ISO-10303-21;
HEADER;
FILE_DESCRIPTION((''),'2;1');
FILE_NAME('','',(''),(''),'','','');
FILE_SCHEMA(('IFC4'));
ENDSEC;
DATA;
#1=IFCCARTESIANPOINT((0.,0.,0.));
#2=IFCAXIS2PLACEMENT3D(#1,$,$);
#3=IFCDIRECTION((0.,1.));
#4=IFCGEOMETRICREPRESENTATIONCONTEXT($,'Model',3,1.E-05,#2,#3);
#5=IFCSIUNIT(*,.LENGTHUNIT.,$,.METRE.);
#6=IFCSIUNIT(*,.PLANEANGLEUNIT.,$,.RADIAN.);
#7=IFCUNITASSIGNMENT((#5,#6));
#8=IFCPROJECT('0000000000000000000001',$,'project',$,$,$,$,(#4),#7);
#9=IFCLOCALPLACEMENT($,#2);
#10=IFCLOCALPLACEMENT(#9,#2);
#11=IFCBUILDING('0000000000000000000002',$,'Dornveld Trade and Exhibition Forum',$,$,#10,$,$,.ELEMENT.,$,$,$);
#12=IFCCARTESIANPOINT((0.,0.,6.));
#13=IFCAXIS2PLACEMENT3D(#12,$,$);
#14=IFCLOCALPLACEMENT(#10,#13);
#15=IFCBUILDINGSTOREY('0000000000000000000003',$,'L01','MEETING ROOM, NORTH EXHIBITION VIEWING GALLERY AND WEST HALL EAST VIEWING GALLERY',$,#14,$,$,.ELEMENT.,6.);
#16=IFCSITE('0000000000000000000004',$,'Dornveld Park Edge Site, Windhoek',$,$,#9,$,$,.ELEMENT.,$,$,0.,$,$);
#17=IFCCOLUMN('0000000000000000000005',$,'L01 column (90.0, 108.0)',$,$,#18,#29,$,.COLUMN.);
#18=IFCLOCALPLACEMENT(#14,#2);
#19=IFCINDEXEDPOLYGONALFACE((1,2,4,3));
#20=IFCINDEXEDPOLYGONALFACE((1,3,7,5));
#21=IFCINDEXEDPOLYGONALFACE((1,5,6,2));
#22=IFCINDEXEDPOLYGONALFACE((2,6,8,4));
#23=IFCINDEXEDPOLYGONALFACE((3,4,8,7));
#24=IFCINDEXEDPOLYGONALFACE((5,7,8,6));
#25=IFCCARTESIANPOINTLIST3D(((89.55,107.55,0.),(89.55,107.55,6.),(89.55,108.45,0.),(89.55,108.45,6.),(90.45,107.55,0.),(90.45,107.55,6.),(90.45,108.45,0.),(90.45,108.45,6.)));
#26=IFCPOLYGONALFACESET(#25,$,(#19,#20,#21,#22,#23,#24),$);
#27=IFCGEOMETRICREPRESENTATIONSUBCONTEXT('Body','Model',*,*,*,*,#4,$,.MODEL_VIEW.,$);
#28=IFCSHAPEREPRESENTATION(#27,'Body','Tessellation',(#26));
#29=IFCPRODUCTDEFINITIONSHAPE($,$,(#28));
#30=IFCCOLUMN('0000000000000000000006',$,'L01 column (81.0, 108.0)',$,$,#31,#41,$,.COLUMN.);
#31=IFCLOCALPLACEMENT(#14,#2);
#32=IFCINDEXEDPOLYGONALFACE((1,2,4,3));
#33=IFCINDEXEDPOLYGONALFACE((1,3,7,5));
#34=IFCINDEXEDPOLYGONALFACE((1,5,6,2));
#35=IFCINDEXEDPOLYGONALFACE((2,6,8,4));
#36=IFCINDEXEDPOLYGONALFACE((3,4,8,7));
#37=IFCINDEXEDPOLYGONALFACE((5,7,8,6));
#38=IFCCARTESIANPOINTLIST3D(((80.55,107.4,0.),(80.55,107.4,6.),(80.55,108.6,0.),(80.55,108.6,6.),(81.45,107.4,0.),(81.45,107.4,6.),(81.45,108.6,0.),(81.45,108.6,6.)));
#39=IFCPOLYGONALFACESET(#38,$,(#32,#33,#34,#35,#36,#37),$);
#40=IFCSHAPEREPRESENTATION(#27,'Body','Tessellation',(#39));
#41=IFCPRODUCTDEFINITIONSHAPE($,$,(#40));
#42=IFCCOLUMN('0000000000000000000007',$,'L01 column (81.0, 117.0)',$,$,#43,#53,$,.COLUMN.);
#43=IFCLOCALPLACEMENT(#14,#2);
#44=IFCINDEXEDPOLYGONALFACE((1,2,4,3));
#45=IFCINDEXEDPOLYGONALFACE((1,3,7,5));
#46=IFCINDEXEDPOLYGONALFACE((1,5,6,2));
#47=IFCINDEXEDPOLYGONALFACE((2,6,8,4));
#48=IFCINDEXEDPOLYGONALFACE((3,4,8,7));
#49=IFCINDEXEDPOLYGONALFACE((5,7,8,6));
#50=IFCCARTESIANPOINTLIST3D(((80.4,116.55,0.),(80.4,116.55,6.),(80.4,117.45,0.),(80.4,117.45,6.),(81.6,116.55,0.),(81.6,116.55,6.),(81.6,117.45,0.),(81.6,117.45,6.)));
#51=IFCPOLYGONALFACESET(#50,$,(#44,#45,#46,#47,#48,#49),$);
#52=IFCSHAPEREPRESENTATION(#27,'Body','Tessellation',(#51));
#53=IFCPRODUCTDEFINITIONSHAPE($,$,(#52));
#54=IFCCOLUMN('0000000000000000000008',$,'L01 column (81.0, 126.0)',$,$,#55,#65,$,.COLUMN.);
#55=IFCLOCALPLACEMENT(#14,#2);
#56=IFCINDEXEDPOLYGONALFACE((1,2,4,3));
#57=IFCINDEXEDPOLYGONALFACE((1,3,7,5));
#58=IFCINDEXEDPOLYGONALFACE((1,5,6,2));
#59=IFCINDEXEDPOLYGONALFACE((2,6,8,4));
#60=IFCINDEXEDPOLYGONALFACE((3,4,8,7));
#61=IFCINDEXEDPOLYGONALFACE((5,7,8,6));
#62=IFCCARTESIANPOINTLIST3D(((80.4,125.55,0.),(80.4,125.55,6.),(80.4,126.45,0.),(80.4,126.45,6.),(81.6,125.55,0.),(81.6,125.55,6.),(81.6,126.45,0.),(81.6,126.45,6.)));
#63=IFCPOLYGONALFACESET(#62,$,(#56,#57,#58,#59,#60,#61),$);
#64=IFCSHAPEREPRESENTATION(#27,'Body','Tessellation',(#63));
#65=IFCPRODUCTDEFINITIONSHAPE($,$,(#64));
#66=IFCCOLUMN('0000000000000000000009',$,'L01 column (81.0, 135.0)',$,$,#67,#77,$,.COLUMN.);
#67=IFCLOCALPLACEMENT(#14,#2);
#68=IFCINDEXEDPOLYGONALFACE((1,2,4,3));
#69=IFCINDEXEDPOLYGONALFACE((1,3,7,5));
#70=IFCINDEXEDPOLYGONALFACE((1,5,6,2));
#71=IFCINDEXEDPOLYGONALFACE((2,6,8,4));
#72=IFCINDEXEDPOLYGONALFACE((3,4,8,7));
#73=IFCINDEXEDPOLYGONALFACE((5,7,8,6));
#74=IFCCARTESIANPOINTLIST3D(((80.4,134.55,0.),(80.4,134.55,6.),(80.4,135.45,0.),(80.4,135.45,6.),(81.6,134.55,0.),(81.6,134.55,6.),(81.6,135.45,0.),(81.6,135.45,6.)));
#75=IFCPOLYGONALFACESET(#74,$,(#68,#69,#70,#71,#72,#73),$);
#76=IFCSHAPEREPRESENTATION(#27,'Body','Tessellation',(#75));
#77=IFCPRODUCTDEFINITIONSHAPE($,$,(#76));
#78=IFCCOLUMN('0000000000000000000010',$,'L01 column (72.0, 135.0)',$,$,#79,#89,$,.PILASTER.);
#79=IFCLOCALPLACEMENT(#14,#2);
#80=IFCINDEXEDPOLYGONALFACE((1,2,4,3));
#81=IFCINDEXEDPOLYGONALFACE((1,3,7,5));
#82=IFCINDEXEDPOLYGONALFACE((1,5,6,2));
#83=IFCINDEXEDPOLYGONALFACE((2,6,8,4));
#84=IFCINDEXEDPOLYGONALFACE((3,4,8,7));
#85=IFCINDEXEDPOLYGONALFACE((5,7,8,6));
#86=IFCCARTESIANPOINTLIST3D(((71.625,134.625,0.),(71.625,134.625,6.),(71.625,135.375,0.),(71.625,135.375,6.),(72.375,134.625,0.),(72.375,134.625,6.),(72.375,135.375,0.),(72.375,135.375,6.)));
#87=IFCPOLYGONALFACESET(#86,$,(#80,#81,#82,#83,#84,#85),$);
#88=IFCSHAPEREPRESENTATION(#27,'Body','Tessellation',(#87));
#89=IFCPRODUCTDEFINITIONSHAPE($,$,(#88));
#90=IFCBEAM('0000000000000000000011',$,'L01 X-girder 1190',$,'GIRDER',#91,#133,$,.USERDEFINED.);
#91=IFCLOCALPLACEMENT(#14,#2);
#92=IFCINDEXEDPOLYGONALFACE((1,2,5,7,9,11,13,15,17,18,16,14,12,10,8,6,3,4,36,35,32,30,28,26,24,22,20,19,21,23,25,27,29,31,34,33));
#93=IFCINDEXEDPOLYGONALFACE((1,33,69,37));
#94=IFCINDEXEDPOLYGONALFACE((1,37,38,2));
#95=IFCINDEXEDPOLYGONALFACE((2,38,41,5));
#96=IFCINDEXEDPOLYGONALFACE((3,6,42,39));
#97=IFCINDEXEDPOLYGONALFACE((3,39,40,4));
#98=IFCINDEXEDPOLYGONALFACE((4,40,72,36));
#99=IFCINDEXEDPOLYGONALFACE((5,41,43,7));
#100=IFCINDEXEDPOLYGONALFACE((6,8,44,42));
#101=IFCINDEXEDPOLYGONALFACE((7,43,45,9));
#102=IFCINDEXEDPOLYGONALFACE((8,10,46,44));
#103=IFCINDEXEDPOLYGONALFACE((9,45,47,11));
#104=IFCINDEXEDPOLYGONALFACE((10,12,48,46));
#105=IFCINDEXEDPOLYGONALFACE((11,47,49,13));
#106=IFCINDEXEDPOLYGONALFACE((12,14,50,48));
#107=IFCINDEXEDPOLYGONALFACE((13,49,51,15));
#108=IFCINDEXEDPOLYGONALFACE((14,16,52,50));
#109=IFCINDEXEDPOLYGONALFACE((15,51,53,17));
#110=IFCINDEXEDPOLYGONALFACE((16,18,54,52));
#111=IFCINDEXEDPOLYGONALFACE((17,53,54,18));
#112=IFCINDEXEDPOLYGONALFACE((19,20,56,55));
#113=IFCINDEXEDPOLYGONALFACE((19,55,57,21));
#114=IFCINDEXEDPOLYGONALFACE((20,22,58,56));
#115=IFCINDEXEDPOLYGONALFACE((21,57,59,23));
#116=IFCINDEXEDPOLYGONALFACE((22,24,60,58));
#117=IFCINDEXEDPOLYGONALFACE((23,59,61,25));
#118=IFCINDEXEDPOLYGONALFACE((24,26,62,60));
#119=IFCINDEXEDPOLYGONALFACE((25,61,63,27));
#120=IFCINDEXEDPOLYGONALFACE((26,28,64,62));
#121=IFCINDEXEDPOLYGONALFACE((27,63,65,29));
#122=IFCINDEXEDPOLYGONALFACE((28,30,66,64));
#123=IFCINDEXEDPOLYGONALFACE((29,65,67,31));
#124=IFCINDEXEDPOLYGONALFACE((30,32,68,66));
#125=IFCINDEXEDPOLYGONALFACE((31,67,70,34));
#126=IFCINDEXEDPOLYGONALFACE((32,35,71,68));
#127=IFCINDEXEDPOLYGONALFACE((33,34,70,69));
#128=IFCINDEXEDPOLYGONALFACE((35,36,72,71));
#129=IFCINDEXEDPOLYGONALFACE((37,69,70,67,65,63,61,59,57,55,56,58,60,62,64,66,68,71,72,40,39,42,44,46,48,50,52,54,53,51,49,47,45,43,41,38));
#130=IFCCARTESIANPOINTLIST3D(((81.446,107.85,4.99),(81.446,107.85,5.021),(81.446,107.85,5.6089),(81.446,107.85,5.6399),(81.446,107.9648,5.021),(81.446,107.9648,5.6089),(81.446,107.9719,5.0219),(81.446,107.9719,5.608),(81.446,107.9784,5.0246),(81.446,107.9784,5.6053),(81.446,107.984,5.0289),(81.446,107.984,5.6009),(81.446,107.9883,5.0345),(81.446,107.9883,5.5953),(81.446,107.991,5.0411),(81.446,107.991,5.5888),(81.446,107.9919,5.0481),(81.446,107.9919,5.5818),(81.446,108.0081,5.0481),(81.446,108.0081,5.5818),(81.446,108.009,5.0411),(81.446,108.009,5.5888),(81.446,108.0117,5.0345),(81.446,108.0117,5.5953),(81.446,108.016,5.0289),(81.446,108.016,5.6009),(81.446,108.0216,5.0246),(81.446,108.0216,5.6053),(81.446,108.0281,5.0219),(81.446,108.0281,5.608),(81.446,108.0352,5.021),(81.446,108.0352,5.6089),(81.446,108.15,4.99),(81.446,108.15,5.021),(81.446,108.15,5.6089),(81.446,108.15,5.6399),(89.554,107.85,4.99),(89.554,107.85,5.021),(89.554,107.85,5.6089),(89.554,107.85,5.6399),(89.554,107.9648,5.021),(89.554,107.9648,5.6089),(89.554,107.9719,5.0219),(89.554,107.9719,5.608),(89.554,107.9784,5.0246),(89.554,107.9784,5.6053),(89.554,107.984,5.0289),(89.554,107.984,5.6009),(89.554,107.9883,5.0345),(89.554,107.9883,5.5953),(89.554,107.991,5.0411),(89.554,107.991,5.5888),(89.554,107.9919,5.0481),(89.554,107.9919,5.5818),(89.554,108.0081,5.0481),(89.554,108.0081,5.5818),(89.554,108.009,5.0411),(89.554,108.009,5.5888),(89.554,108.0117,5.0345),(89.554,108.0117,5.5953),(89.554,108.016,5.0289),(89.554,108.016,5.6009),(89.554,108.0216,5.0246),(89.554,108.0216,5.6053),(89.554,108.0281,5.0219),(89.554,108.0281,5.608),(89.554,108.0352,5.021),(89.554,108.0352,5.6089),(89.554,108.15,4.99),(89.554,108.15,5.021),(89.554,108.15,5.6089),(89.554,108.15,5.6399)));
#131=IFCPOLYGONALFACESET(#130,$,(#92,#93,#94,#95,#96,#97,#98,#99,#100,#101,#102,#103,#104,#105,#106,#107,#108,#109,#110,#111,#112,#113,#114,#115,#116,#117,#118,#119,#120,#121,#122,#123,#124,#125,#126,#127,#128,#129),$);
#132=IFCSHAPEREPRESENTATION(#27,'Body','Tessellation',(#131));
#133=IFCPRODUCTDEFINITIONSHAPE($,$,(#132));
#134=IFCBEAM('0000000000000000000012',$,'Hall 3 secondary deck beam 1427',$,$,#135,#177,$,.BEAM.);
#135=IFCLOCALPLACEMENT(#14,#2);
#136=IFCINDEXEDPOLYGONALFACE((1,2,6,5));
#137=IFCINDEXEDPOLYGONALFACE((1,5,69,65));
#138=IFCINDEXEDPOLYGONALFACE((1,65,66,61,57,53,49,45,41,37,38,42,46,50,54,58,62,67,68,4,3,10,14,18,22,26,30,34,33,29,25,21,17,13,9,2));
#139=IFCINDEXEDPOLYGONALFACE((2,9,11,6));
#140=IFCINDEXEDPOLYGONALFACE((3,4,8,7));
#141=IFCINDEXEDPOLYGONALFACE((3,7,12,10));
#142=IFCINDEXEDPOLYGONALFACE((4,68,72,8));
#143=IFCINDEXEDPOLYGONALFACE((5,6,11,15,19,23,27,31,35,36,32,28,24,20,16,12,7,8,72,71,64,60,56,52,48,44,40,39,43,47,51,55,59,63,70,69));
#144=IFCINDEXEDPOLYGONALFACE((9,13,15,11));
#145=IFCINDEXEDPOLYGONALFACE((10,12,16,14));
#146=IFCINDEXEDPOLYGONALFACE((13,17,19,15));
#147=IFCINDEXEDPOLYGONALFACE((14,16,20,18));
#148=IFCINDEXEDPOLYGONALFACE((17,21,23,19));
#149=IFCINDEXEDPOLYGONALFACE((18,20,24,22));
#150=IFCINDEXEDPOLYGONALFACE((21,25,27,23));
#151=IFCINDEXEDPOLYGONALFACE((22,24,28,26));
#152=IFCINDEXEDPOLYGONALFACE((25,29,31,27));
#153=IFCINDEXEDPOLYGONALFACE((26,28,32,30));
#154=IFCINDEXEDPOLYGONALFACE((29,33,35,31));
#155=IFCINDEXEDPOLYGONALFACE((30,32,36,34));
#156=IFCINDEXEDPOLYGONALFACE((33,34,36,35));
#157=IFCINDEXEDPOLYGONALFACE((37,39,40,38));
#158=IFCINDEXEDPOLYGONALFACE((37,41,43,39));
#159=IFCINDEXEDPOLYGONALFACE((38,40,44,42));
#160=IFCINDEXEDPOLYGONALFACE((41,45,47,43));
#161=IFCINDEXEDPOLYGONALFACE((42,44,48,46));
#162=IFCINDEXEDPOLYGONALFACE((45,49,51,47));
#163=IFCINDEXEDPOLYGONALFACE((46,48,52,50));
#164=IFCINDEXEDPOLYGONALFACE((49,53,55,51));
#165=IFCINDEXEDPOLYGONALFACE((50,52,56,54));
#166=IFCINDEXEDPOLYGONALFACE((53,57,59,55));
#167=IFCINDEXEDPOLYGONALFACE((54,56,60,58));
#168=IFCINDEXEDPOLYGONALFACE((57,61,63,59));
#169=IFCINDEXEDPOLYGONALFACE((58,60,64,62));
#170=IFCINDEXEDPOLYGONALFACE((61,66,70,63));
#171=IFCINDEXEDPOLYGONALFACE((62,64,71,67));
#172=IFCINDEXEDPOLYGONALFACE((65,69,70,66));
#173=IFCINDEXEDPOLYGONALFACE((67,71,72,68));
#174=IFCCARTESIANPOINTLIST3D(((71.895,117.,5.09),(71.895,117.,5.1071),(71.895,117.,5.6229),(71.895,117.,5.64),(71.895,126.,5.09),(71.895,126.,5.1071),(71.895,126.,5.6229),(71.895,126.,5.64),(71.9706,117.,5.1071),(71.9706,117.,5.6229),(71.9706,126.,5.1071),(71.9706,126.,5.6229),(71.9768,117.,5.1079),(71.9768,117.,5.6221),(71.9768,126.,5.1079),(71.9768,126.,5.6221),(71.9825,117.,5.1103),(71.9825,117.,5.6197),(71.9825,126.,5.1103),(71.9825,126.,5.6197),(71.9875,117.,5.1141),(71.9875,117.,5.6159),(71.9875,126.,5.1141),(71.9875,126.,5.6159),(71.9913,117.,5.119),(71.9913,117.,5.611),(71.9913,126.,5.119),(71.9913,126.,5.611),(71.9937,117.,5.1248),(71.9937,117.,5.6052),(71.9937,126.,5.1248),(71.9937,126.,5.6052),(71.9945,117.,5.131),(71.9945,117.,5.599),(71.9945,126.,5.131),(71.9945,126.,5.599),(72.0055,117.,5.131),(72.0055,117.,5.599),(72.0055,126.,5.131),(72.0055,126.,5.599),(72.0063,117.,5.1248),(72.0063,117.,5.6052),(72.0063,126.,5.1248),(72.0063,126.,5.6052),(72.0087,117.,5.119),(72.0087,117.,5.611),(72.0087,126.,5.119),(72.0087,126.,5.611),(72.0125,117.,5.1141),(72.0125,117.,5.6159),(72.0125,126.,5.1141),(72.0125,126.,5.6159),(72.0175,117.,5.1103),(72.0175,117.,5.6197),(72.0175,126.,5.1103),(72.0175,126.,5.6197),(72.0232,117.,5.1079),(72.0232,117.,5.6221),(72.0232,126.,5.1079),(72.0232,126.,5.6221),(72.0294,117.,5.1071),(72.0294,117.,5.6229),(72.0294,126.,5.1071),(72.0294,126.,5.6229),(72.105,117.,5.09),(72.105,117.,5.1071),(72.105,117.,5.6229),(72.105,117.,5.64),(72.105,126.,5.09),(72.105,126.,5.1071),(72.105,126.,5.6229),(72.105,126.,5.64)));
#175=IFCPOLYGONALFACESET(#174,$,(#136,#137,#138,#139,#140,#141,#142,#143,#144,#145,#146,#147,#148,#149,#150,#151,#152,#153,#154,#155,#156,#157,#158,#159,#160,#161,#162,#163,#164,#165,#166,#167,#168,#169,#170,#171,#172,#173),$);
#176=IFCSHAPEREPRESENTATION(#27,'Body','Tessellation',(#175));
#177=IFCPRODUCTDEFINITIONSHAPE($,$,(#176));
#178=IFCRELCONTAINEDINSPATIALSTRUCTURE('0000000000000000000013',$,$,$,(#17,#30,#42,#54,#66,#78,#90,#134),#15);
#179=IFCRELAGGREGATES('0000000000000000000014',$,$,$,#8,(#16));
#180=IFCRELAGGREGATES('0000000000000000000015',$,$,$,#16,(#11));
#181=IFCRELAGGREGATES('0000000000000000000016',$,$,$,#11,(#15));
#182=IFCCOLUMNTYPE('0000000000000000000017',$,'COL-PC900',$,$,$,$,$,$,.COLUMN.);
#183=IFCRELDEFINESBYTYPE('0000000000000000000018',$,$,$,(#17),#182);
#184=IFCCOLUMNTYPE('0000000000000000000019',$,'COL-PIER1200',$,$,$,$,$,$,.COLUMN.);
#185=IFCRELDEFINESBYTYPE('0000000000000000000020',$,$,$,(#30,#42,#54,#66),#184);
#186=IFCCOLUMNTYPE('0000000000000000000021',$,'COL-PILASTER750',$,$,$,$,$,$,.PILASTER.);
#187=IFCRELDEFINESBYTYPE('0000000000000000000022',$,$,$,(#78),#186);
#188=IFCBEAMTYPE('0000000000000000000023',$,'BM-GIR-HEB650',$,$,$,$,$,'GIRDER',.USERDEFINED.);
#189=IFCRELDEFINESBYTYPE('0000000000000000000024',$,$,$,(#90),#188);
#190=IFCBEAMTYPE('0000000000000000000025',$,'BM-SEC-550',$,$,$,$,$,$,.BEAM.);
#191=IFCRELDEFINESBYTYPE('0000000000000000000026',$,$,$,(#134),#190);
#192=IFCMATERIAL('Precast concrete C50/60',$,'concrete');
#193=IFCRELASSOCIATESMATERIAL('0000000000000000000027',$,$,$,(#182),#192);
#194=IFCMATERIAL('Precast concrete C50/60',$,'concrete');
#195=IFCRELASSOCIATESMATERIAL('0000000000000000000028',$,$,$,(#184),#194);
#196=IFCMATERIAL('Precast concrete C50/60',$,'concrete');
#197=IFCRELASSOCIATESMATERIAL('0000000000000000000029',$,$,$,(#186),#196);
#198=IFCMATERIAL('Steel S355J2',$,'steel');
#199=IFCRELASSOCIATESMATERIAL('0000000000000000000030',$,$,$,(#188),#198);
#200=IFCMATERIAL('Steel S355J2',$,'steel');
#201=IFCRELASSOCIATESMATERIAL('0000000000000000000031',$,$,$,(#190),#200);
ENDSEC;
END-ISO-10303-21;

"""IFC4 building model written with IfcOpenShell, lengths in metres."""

from ifc_helpers import new_model, si_unit, direction, frame, origin, origin_2d, place, context, subcontext, project, spatial, rectangle, i_section, extrude, material, material_profile, profile_set, type_object, element, save


model = new_model("IFC4")

# Units and contexts
model_context = context("Model", 3, precision=1e-05, world=origin(), true_north=direction((0.0, 1.0)))
body_context = subcontext(model_context, "Body", "Model", "MODEL_VIEW")
ifc_project = project(units=[si_unit("LENGTHUNIT", "METRE"), si_unit("PLANEANGLEUNIT", "RADIAN")], contexts=[model_context])

# Site, building, storey
site_placement = place(None, origin())
site = spatial("IfcSite", under=ifc_project, at=site_placement, Name="Dornveld Park Edge Site, Windhoek", CompositionType="ELEMENT", RefElevation=0.0)
building_placement = place(site_placement, origin())
building = spatial("IfcBuilding", under=site, at=building_placement, Name="Dornveld Trade and Exhibition Forum", CompositionType="ELEMENT")
storey_placement = place(building_placement, frame((0.0, 0.0, 6.0)))
storey = spatial("IfcBuildingStorey", under=building, at=storey_placement, Name="L01", Description="MEETING ROOM, NORTH EXHIBITION VIEWING GALLERY AND WEST HALL EAST VIEWING GALLERY", CompositionType="ELEMENT", Elevation=6.0)

# Columns
ifc_material_1 = material(Name="Precast concrete C50/60", Category="concrete")
ifc_material_profile_1 = material_profile(ifc_material_1, rectangle(XDim=0.8999, YDim=0.8999, at=origin_2d()), Name="PC-COL 900x900")
ifc_profile_set_1 = profile_set([ifc_material_profile_1], Name="Precast concrete C50/60")
column_type_1 = type_object("IfcColumnType", Name="COL-PC900", PredefinedType="COLUMN", material=ifc_profile_set_1)
column_1_placement = place(storey_placement, frame((90.0, 108.0, 0.0), z_axis=(0.0, 0.0, 1.0), x_axis=(1.0, 0.0, 0.0)))
element("IfcColumn", 1, at=column_1_placement, inside=storey, type_object=column_type_1, Name="L01 column (90.0, 108.0)", PredefinedType="COLUMN", context=body_context, shape_type="SweptSolid", body=[
    extrude(rectangle(XDim=0.8999, YDim=0.8999, at=origin_2d()), origin(), (0.0, 0.0, 1.0), 6.0),
])
ifc_material_2 = material(Name="Precast concrete C50/60", Category="concrete")
ifc_material_profile_2 = material_profile(ifc_material_2, rectangle(XDim=1.2, YDim=0.8999, at=origin_2d()), Name="PC-PIER 1200x900")
ifc_profile_set_2 = profile_set([ifc_material_profile_2], Name="Precast concrete C50/60")
column_type_2 = type_object("IfcColumnType", Name="COL-PIER1200", PredefinedType="COLUMN", material=ifc_profile_set_2)
for number, where, z_axis, x_axis, name in (
    (2, (81.0, 108.0, 0.0), (0.0, 0.0, 1.0), (0.0, 1.0, 0.0), "L01 column (81.0, 108.0)"),
    (3, (81.0, 117.0, 0.0), (0.0, 0.0, 1.0), (1.0, 0.0, 0.0), "L01 column (81.0, 117.0)"),
    (4, (81.0, 126.0, 0.0), (0.0, 0.0, 1.0), (1.0, 0.0, 0.0), "L01 column (81.0, 126.0)"),
    (5, (81.0, 135.0, 0.0), (0.0, 0.0, 1.0), (1.0, 0.0, 0.0), "L01 column (81.0, 135.0)"),
):
    element("IfcColumn", number, at=place(storey_placement, frame(where, z_axis=z_axis, x_axis=x_axis)), inside=storey, type_object=column_type_2, Name=name, PredefinedType="COLUMN", context=body_context, shape_type="SweptSolid", body=[
        extrude(rectangle(XDim=1.2, YDim=0.8999, at=origin_2d()), origin(), (0.0, 0.0, 1.0), 6.0),
    ])
ifc_material_3 = material(Name="Precast concrete C50/60", Category="concrete")
ifc_material_profile_3 = material_profile(ifc_material_3, rectangle(XDim=0.75, YDim=0.75, at=origin_2d()), Name="PC-COL 750x750")
ifc_profile_set_3 = profile_set([ifc_material_profile_3], Name="Precast concrete C50/60")
column_type_3 = type_object("IfcColumnType", Name="COL-PILASTER750", PredefinedType="PILASTER", material=ifc_profile_set_3)
column_2_placement = place(storey_placement, frame((72.0, 135.0, 0.0), z_axis=(0.0, 0.0, 1.0), x_axis=(1.0, 0.0, 0.0)))
element("IfcColumn", 6, at=column_2_placement, inside=storey, type_object=column_type_3, Name="L01 column (72.0, 135.0)", PredefinedType="PILASTER", context=body_context, shape_type="SweptSolid", body=[
    extrude(rectangle(XDim=0.75, YDim=0.75, at=origin_2d()), origin(), (0.0, 0.0, 1.0), 6.0),
])

# Beams
ifc_material_4 = material(Name="Steel S355J2", Category="steel")
ifc_material_profile_4 = material_profile(ifc_material_4, i_section(OverallWidth=0.3, OverallDepth=0.6499, WebThickness=0.0161, FlangeThickness=0.031, FilletRadius=0.0271, at=origin_2d()), Name="HEB 650")
ifc_profile_set_4 = profile_set([ifc_material_profile_4], Name="Steel S355J2")
beam_type_1 = type_object("IfcBeamType", Name="BM-GIR-HEB650", ElementType="GIRDER", PredefinedType="USERDEFINED", material=ifc_profile_set_4)
beam_1_placement = place(storey_placement, frame((81.446, 108.0, 5.3149), z_axis=(1.0, 0.0, 0.0), x_axis=(0.0, 1.0, 0.0)))
element("IfcBeam", 7, at=beam_1_placement, inside=storey, type_object=beam_type_1, Name="L01 X-girder 1190", ObjectType="GIRDER", PredefinedType="USERDEFINED", context=body_context, shape_type="SweptSolid", body=[
    extrude(i_section(OverallWidth=0.3, OverallDepth=0.6499, WebThickness=0.0161, FlangeThickness=0.031, FilletRadius=0.0271, at=origin_2d()), origin(), (0.0, 0.0, 1.0), 8.1079),
])
ifc_material_5 = material(Name="Steel S355J2", Category="steel")
ifc_material_profile_5 = material_profile(ifc_material_5, i_section(OverallWidth=0.21, OverallDepth=0.55, WebThickness=0.011, FlangeThickness=0.0171, FilletRadius=0.0239, at=origin_2d()), Name="IPE 550")
ifc_profile_set_5 = profile_set([ifc_material_profile_5], Name="Steel S355J2")
beam_type_2 = type_object("IfcBeamType", Name="BM-SEC-550", PredefinedType="BEAM", material=ifc_profile_set_5)
beam_2_placement = place(storey_placement, frame((72.0, 117.0, 5.365), z_axis=(0.0, 1.0, 0.0), x_axis=(-1.0, 0.0, 0.0)))
element("IfcBeam", 8, at=beam_2_placement, inside=storey, type_object=beam_type_2, Name="Hall 3 secondary deck beam 1427", PredefinedType="BEAM", context=body_context, shape_type="SweptSolid", body=[
    extrude(i_section(OverallWidth=0.21, OverallDepth=0.55, WebThickness=0.011, FlangeThickness=0.0171, FilletRadius=0.0239, at=origin_2d()), origin(), (0.0, 0.0, 1.0), 9.0),
])

save(model, "model.ifc")
